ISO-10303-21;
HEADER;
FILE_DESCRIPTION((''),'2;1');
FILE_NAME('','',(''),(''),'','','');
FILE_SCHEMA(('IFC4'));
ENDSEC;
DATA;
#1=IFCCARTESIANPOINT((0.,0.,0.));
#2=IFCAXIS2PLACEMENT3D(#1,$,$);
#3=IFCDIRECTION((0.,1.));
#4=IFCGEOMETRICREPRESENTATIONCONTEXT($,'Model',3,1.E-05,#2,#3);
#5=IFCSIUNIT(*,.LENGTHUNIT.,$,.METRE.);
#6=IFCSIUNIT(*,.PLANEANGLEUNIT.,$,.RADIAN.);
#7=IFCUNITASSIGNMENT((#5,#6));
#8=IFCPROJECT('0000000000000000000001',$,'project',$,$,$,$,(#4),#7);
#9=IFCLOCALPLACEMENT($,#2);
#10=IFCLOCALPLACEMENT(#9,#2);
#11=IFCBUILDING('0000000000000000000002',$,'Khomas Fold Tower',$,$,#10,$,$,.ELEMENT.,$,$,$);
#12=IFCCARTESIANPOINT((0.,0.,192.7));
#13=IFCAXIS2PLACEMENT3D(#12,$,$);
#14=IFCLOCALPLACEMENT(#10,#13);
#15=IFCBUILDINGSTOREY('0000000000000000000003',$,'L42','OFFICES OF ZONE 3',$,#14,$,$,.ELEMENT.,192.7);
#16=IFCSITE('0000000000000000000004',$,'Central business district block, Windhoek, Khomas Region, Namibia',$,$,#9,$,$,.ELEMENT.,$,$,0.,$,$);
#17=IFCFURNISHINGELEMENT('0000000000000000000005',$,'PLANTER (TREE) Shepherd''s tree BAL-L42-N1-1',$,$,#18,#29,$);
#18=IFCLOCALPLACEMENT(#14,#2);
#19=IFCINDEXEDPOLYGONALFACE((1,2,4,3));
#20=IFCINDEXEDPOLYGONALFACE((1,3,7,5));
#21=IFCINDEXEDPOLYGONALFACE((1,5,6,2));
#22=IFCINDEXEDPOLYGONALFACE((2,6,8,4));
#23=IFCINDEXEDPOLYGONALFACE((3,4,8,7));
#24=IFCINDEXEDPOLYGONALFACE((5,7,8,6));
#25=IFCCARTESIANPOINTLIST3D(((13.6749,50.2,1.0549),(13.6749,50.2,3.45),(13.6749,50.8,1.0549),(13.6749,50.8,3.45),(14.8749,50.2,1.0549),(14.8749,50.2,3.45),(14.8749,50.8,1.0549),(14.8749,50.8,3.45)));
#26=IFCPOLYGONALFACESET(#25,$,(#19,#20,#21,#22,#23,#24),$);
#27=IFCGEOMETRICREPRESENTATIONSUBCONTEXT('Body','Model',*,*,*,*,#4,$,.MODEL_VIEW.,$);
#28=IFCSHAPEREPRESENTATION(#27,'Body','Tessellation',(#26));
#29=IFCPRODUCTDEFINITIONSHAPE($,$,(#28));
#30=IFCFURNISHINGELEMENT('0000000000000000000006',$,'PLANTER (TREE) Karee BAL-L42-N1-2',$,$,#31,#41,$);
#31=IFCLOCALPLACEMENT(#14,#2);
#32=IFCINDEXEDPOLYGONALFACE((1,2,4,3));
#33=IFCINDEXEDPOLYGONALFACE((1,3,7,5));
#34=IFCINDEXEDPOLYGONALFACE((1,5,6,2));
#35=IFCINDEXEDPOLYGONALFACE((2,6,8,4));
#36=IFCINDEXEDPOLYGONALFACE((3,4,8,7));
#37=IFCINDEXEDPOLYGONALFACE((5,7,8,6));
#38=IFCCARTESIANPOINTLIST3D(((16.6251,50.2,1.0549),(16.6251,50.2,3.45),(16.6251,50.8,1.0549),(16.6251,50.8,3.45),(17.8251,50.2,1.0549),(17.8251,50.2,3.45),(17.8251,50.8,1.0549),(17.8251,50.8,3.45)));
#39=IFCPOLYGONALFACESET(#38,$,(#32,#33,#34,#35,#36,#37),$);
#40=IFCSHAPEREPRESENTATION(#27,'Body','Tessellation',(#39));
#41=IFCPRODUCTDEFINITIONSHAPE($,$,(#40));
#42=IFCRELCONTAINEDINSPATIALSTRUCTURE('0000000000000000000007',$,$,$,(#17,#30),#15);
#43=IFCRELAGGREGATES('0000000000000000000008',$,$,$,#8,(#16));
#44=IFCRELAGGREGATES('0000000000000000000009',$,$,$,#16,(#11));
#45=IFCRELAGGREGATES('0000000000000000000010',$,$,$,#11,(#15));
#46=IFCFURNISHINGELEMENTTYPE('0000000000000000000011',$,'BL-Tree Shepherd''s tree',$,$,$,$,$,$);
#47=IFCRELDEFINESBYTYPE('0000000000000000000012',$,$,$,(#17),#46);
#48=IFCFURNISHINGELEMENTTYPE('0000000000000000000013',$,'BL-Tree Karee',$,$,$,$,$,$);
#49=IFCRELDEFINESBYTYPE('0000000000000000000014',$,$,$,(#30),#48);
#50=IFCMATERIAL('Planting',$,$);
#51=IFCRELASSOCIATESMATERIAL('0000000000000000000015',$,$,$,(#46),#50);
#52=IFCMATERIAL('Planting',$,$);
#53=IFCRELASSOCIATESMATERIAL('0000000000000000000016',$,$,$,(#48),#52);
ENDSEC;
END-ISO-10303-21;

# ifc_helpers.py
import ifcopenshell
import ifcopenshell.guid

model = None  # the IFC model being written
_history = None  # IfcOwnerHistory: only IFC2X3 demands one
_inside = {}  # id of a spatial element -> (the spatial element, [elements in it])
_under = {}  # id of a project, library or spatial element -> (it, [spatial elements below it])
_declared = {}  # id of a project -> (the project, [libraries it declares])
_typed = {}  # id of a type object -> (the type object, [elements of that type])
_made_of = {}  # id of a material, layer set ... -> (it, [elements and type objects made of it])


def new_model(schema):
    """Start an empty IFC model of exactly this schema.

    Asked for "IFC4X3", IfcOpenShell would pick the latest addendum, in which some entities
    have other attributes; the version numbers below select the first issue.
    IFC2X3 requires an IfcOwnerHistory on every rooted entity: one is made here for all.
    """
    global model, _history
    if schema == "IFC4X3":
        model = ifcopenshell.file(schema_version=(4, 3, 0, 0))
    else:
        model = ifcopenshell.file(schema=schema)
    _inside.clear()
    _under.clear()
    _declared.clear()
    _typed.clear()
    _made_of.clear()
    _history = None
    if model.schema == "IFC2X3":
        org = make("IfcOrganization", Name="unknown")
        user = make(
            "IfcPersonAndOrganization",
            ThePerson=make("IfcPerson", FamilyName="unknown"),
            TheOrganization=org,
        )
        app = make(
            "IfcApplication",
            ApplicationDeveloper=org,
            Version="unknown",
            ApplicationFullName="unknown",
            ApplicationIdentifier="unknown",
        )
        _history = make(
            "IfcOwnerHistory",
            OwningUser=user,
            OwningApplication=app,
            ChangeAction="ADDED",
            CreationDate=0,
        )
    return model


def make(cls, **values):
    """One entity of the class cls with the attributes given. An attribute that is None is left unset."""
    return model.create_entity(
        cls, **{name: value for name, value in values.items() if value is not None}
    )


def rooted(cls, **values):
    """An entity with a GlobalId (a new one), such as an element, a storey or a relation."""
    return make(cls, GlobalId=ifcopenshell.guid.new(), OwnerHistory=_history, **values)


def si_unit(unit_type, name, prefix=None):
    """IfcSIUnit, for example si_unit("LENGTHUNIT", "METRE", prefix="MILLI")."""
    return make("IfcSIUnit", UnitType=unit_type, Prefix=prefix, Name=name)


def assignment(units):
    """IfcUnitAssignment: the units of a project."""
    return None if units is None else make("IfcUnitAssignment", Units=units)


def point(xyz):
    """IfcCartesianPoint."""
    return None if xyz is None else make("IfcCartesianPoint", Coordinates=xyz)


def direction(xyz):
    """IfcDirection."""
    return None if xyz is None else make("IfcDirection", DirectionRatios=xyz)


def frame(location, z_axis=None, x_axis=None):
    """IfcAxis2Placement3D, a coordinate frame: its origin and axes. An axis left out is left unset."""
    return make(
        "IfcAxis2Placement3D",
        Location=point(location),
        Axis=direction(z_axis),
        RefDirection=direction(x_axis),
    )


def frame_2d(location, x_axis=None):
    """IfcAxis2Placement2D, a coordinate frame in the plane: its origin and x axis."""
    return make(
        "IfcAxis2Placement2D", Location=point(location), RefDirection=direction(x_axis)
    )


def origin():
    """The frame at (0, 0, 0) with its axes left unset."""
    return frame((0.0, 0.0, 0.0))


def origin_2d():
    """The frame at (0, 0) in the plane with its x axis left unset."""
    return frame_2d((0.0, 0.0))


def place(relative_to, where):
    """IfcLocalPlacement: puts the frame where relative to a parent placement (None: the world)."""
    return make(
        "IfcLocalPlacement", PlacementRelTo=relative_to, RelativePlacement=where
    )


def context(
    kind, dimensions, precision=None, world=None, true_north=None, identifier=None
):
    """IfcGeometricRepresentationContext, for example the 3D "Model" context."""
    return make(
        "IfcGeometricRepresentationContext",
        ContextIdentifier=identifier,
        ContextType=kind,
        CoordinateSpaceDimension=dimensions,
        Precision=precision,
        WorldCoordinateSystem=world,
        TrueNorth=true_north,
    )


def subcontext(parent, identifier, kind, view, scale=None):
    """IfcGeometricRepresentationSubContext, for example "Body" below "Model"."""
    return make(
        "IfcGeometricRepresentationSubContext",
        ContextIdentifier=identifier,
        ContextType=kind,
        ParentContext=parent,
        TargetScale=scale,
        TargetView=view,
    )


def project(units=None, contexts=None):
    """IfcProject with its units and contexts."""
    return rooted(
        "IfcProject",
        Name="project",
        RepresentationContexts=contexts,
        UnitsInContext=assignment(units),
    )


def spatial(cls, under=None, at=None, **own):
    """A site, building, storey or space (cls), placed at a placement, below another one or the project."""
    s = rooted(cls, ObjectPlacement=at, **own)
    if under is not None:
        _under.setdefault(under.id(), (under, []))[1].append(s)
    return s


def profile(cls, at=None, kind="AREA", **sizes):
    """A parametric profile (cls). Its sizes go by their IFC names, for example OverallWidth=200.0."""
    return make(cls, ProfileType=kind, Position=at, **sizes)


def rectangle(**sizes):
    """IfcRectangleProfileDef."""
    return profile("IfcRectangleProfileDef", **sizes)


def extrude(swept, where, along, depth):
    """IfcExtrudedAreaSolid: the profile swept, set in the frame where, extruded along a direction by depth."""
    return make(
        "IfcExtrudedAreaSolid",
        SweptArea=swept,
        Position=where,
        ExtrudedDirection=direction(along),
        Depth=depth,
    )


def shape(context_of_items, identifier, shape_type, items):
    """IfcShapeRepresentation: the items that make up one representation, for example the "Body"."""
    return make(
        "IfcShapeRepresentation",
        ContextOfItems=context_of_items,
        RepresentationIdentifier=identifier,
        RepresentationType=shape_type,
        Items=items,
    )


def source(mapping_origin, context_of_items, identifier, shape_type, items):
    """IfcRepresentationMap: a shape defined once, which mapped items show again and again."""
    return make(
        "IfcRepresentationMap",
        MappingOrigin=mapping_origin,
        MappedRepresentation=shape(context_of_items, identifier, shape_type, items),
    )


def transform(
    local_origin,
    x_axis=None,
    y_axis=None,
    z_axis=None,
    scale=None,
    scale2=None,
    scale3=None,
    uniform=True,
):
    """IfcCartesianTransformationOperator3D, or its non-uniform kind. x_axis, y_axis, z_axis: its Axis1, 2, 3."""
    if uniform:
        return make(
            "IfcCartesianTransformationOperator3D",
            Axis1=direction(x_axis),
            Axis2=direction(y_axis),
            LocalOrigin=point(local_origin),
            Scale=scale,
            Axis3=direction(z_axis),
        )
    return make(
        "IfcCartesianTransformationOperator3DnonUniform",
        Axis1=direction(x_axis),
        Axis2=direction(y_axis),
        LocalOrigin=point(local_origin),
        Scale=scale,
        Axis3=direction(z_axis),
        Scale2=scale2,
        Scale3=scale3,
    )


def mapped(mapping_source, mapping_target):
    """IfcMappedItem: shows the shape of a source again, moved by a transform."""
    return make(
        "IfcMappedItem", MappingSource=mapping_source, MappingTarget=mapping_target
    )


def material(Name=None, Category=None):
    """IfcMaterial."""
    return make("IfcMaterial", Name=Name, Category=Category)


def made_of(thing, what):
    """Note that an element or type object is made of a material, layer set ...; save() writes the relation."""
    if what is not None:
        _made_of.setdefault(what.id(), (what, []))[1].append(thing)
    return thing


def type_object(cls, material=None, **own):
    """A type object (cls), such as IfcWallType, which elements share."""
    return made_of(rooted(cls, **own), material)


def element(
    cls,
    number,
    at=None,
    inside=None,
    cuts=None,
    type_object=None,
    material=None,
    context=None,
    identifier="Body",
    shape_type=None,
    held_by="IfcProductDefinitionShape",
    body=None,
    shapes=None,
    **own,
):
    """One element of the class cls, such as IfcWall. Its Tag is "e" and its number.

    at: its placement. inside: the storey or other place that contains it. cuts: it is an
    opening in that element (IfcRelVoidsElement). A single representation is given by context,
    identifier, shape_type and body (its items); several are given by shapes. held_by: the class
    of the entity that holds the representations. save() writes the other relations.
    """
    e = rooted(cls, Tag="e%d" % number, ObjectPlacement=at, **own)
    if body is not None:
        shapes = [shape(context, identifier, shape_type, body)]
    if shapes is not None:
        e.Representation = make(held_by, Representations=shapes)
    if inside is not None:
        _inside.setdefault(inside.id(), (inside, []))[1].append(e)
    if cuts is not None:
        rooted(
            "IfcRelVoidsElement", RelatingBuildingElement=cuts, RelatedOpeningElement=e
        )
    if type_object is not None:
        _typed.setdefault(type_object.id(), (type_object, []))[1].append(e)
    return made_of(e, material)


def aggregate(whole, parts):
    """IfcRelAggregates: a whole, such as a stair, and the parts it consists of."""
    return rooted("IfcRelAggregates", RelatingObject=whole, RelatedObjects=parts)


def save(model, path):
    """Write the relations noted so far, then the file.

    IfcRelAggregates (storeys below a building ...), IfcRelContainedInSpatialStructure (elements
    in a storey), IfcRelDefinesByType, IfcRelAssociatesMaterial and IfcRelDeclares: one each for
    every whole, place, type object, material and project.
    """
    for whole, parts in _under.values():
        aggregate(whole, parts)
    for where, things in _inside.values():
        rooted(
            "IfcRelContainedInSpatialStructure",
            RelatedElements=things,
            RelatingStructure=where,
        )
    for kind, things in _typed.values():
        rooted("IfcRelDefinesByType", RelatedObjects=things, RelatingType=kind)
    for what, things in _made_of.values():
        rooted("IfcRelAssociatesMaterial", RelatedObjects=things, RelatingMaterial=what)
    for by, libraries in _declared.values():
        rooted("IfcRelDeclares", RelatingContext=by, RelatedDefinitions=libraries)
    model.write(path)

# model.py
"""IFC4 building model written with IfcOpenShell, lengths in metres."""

from ifc_helpers import new_model, si_unit, direction, frame, origin, origin_2d, place, context, subcontext, project, spatial, rectangle, extrude, source, transform, mapped, material, type_object, element, save


model = new_model("IFC4")

# Units and contexts
model_context = context("Model", 3, precision=1e-05, world=origin(), true_north=direction((0.0, 1.0)))
body_context = subcontext(model_context, "Body", "Model", "MODEL_VIEW")
ifc_project = project(units=[si_unit("LENGTHUNIT", "METRE"), si_unit("PLANEANGLEUNIT", "RADIAN")], contexts=[model_context])

# Site, building, storey
site_placement = place(None, origin())
site = spatial("IfcSite", under=ifc_project, at=site_placement, Name="Central business district block, Windhoek, Khomas Region, Namibia", CompositionType="ELEMENT", RefElevation=0.0)
building_placement = place(site_placement, origin())
building = spatial("IfcBuilding", under=site, at=building_placement, Name="Khomas Fold Tower", CompositionType="ELEMENT")
storey_placement = place(building_placement, frame((0.0, 0.0, 192.7)))
storey = spatial("IfcBuildingStorey", under=building, at=storey_placement, Name="L42", Description="OFFICES OF ZONE 3", CompositionType="ELEMENT", Elevation=192.7)

# Furnishing elements
ifc_material_1 = material(Name="Planting")
furnishing_element_type_1 = type_object("IfcFurnishingElementType", Name="BL-Tree Shepherd's tree", material=ifc_material_1)
shared_shape_1 = source(origin(), body_context, "Body", "SweptSolid", [
    extrude(rectangle(XDim=1.2, YDim=0.6001, at=origin_2d()), origin(), (0.0, 0.0, 1.0), 2.395),
])
furnishing_1_placement = place(storey_placement, frame((14.2749, 50.5, 1.0549), z_axis=(0.0, 0.0, 1.0), x_axis=(1.0, 0.0, 0.0)))
element("IfcFurnishingElement", 1, at=furnishing_1_placement, inside=storey, type_object=furnishing_element_type_1, Name="PLANTER (TREE) Shepherd's tree BAL-L42-N1-1", context=body_context, shape_type="MappedRepresentation", body=[
    mapped(shared_shape_1, transform((0.0, 0.0, 0.0))),
])
ifc_material_2 = material(Name="Planting")
furnishing_element_type_2 = type_object("IfcFurnishingElementType", Name="BL-Tree Karee", material=ifc_material_2)
furnishing_2_placement = place(storey_placement, frame((17.2251, 50.5, 1.0549), z_axis=(0.0, 0.0, 1.0), x_axis=(1.0, 0.0, 0.0)))
element("IfcFurnishingElement", 2, at=furnishing_2_placement, inside=storey, type_object=furnishing_element_type_2, Name="PLANTER (TREE) Karee BAL-L42-N1-2", context=body_context, shape_type="MappedRepresentation", body=[
    mapped(shared_shape_1, transform((0.0, 0.0, 0.0))),
])

save(model, "model.ifc")
